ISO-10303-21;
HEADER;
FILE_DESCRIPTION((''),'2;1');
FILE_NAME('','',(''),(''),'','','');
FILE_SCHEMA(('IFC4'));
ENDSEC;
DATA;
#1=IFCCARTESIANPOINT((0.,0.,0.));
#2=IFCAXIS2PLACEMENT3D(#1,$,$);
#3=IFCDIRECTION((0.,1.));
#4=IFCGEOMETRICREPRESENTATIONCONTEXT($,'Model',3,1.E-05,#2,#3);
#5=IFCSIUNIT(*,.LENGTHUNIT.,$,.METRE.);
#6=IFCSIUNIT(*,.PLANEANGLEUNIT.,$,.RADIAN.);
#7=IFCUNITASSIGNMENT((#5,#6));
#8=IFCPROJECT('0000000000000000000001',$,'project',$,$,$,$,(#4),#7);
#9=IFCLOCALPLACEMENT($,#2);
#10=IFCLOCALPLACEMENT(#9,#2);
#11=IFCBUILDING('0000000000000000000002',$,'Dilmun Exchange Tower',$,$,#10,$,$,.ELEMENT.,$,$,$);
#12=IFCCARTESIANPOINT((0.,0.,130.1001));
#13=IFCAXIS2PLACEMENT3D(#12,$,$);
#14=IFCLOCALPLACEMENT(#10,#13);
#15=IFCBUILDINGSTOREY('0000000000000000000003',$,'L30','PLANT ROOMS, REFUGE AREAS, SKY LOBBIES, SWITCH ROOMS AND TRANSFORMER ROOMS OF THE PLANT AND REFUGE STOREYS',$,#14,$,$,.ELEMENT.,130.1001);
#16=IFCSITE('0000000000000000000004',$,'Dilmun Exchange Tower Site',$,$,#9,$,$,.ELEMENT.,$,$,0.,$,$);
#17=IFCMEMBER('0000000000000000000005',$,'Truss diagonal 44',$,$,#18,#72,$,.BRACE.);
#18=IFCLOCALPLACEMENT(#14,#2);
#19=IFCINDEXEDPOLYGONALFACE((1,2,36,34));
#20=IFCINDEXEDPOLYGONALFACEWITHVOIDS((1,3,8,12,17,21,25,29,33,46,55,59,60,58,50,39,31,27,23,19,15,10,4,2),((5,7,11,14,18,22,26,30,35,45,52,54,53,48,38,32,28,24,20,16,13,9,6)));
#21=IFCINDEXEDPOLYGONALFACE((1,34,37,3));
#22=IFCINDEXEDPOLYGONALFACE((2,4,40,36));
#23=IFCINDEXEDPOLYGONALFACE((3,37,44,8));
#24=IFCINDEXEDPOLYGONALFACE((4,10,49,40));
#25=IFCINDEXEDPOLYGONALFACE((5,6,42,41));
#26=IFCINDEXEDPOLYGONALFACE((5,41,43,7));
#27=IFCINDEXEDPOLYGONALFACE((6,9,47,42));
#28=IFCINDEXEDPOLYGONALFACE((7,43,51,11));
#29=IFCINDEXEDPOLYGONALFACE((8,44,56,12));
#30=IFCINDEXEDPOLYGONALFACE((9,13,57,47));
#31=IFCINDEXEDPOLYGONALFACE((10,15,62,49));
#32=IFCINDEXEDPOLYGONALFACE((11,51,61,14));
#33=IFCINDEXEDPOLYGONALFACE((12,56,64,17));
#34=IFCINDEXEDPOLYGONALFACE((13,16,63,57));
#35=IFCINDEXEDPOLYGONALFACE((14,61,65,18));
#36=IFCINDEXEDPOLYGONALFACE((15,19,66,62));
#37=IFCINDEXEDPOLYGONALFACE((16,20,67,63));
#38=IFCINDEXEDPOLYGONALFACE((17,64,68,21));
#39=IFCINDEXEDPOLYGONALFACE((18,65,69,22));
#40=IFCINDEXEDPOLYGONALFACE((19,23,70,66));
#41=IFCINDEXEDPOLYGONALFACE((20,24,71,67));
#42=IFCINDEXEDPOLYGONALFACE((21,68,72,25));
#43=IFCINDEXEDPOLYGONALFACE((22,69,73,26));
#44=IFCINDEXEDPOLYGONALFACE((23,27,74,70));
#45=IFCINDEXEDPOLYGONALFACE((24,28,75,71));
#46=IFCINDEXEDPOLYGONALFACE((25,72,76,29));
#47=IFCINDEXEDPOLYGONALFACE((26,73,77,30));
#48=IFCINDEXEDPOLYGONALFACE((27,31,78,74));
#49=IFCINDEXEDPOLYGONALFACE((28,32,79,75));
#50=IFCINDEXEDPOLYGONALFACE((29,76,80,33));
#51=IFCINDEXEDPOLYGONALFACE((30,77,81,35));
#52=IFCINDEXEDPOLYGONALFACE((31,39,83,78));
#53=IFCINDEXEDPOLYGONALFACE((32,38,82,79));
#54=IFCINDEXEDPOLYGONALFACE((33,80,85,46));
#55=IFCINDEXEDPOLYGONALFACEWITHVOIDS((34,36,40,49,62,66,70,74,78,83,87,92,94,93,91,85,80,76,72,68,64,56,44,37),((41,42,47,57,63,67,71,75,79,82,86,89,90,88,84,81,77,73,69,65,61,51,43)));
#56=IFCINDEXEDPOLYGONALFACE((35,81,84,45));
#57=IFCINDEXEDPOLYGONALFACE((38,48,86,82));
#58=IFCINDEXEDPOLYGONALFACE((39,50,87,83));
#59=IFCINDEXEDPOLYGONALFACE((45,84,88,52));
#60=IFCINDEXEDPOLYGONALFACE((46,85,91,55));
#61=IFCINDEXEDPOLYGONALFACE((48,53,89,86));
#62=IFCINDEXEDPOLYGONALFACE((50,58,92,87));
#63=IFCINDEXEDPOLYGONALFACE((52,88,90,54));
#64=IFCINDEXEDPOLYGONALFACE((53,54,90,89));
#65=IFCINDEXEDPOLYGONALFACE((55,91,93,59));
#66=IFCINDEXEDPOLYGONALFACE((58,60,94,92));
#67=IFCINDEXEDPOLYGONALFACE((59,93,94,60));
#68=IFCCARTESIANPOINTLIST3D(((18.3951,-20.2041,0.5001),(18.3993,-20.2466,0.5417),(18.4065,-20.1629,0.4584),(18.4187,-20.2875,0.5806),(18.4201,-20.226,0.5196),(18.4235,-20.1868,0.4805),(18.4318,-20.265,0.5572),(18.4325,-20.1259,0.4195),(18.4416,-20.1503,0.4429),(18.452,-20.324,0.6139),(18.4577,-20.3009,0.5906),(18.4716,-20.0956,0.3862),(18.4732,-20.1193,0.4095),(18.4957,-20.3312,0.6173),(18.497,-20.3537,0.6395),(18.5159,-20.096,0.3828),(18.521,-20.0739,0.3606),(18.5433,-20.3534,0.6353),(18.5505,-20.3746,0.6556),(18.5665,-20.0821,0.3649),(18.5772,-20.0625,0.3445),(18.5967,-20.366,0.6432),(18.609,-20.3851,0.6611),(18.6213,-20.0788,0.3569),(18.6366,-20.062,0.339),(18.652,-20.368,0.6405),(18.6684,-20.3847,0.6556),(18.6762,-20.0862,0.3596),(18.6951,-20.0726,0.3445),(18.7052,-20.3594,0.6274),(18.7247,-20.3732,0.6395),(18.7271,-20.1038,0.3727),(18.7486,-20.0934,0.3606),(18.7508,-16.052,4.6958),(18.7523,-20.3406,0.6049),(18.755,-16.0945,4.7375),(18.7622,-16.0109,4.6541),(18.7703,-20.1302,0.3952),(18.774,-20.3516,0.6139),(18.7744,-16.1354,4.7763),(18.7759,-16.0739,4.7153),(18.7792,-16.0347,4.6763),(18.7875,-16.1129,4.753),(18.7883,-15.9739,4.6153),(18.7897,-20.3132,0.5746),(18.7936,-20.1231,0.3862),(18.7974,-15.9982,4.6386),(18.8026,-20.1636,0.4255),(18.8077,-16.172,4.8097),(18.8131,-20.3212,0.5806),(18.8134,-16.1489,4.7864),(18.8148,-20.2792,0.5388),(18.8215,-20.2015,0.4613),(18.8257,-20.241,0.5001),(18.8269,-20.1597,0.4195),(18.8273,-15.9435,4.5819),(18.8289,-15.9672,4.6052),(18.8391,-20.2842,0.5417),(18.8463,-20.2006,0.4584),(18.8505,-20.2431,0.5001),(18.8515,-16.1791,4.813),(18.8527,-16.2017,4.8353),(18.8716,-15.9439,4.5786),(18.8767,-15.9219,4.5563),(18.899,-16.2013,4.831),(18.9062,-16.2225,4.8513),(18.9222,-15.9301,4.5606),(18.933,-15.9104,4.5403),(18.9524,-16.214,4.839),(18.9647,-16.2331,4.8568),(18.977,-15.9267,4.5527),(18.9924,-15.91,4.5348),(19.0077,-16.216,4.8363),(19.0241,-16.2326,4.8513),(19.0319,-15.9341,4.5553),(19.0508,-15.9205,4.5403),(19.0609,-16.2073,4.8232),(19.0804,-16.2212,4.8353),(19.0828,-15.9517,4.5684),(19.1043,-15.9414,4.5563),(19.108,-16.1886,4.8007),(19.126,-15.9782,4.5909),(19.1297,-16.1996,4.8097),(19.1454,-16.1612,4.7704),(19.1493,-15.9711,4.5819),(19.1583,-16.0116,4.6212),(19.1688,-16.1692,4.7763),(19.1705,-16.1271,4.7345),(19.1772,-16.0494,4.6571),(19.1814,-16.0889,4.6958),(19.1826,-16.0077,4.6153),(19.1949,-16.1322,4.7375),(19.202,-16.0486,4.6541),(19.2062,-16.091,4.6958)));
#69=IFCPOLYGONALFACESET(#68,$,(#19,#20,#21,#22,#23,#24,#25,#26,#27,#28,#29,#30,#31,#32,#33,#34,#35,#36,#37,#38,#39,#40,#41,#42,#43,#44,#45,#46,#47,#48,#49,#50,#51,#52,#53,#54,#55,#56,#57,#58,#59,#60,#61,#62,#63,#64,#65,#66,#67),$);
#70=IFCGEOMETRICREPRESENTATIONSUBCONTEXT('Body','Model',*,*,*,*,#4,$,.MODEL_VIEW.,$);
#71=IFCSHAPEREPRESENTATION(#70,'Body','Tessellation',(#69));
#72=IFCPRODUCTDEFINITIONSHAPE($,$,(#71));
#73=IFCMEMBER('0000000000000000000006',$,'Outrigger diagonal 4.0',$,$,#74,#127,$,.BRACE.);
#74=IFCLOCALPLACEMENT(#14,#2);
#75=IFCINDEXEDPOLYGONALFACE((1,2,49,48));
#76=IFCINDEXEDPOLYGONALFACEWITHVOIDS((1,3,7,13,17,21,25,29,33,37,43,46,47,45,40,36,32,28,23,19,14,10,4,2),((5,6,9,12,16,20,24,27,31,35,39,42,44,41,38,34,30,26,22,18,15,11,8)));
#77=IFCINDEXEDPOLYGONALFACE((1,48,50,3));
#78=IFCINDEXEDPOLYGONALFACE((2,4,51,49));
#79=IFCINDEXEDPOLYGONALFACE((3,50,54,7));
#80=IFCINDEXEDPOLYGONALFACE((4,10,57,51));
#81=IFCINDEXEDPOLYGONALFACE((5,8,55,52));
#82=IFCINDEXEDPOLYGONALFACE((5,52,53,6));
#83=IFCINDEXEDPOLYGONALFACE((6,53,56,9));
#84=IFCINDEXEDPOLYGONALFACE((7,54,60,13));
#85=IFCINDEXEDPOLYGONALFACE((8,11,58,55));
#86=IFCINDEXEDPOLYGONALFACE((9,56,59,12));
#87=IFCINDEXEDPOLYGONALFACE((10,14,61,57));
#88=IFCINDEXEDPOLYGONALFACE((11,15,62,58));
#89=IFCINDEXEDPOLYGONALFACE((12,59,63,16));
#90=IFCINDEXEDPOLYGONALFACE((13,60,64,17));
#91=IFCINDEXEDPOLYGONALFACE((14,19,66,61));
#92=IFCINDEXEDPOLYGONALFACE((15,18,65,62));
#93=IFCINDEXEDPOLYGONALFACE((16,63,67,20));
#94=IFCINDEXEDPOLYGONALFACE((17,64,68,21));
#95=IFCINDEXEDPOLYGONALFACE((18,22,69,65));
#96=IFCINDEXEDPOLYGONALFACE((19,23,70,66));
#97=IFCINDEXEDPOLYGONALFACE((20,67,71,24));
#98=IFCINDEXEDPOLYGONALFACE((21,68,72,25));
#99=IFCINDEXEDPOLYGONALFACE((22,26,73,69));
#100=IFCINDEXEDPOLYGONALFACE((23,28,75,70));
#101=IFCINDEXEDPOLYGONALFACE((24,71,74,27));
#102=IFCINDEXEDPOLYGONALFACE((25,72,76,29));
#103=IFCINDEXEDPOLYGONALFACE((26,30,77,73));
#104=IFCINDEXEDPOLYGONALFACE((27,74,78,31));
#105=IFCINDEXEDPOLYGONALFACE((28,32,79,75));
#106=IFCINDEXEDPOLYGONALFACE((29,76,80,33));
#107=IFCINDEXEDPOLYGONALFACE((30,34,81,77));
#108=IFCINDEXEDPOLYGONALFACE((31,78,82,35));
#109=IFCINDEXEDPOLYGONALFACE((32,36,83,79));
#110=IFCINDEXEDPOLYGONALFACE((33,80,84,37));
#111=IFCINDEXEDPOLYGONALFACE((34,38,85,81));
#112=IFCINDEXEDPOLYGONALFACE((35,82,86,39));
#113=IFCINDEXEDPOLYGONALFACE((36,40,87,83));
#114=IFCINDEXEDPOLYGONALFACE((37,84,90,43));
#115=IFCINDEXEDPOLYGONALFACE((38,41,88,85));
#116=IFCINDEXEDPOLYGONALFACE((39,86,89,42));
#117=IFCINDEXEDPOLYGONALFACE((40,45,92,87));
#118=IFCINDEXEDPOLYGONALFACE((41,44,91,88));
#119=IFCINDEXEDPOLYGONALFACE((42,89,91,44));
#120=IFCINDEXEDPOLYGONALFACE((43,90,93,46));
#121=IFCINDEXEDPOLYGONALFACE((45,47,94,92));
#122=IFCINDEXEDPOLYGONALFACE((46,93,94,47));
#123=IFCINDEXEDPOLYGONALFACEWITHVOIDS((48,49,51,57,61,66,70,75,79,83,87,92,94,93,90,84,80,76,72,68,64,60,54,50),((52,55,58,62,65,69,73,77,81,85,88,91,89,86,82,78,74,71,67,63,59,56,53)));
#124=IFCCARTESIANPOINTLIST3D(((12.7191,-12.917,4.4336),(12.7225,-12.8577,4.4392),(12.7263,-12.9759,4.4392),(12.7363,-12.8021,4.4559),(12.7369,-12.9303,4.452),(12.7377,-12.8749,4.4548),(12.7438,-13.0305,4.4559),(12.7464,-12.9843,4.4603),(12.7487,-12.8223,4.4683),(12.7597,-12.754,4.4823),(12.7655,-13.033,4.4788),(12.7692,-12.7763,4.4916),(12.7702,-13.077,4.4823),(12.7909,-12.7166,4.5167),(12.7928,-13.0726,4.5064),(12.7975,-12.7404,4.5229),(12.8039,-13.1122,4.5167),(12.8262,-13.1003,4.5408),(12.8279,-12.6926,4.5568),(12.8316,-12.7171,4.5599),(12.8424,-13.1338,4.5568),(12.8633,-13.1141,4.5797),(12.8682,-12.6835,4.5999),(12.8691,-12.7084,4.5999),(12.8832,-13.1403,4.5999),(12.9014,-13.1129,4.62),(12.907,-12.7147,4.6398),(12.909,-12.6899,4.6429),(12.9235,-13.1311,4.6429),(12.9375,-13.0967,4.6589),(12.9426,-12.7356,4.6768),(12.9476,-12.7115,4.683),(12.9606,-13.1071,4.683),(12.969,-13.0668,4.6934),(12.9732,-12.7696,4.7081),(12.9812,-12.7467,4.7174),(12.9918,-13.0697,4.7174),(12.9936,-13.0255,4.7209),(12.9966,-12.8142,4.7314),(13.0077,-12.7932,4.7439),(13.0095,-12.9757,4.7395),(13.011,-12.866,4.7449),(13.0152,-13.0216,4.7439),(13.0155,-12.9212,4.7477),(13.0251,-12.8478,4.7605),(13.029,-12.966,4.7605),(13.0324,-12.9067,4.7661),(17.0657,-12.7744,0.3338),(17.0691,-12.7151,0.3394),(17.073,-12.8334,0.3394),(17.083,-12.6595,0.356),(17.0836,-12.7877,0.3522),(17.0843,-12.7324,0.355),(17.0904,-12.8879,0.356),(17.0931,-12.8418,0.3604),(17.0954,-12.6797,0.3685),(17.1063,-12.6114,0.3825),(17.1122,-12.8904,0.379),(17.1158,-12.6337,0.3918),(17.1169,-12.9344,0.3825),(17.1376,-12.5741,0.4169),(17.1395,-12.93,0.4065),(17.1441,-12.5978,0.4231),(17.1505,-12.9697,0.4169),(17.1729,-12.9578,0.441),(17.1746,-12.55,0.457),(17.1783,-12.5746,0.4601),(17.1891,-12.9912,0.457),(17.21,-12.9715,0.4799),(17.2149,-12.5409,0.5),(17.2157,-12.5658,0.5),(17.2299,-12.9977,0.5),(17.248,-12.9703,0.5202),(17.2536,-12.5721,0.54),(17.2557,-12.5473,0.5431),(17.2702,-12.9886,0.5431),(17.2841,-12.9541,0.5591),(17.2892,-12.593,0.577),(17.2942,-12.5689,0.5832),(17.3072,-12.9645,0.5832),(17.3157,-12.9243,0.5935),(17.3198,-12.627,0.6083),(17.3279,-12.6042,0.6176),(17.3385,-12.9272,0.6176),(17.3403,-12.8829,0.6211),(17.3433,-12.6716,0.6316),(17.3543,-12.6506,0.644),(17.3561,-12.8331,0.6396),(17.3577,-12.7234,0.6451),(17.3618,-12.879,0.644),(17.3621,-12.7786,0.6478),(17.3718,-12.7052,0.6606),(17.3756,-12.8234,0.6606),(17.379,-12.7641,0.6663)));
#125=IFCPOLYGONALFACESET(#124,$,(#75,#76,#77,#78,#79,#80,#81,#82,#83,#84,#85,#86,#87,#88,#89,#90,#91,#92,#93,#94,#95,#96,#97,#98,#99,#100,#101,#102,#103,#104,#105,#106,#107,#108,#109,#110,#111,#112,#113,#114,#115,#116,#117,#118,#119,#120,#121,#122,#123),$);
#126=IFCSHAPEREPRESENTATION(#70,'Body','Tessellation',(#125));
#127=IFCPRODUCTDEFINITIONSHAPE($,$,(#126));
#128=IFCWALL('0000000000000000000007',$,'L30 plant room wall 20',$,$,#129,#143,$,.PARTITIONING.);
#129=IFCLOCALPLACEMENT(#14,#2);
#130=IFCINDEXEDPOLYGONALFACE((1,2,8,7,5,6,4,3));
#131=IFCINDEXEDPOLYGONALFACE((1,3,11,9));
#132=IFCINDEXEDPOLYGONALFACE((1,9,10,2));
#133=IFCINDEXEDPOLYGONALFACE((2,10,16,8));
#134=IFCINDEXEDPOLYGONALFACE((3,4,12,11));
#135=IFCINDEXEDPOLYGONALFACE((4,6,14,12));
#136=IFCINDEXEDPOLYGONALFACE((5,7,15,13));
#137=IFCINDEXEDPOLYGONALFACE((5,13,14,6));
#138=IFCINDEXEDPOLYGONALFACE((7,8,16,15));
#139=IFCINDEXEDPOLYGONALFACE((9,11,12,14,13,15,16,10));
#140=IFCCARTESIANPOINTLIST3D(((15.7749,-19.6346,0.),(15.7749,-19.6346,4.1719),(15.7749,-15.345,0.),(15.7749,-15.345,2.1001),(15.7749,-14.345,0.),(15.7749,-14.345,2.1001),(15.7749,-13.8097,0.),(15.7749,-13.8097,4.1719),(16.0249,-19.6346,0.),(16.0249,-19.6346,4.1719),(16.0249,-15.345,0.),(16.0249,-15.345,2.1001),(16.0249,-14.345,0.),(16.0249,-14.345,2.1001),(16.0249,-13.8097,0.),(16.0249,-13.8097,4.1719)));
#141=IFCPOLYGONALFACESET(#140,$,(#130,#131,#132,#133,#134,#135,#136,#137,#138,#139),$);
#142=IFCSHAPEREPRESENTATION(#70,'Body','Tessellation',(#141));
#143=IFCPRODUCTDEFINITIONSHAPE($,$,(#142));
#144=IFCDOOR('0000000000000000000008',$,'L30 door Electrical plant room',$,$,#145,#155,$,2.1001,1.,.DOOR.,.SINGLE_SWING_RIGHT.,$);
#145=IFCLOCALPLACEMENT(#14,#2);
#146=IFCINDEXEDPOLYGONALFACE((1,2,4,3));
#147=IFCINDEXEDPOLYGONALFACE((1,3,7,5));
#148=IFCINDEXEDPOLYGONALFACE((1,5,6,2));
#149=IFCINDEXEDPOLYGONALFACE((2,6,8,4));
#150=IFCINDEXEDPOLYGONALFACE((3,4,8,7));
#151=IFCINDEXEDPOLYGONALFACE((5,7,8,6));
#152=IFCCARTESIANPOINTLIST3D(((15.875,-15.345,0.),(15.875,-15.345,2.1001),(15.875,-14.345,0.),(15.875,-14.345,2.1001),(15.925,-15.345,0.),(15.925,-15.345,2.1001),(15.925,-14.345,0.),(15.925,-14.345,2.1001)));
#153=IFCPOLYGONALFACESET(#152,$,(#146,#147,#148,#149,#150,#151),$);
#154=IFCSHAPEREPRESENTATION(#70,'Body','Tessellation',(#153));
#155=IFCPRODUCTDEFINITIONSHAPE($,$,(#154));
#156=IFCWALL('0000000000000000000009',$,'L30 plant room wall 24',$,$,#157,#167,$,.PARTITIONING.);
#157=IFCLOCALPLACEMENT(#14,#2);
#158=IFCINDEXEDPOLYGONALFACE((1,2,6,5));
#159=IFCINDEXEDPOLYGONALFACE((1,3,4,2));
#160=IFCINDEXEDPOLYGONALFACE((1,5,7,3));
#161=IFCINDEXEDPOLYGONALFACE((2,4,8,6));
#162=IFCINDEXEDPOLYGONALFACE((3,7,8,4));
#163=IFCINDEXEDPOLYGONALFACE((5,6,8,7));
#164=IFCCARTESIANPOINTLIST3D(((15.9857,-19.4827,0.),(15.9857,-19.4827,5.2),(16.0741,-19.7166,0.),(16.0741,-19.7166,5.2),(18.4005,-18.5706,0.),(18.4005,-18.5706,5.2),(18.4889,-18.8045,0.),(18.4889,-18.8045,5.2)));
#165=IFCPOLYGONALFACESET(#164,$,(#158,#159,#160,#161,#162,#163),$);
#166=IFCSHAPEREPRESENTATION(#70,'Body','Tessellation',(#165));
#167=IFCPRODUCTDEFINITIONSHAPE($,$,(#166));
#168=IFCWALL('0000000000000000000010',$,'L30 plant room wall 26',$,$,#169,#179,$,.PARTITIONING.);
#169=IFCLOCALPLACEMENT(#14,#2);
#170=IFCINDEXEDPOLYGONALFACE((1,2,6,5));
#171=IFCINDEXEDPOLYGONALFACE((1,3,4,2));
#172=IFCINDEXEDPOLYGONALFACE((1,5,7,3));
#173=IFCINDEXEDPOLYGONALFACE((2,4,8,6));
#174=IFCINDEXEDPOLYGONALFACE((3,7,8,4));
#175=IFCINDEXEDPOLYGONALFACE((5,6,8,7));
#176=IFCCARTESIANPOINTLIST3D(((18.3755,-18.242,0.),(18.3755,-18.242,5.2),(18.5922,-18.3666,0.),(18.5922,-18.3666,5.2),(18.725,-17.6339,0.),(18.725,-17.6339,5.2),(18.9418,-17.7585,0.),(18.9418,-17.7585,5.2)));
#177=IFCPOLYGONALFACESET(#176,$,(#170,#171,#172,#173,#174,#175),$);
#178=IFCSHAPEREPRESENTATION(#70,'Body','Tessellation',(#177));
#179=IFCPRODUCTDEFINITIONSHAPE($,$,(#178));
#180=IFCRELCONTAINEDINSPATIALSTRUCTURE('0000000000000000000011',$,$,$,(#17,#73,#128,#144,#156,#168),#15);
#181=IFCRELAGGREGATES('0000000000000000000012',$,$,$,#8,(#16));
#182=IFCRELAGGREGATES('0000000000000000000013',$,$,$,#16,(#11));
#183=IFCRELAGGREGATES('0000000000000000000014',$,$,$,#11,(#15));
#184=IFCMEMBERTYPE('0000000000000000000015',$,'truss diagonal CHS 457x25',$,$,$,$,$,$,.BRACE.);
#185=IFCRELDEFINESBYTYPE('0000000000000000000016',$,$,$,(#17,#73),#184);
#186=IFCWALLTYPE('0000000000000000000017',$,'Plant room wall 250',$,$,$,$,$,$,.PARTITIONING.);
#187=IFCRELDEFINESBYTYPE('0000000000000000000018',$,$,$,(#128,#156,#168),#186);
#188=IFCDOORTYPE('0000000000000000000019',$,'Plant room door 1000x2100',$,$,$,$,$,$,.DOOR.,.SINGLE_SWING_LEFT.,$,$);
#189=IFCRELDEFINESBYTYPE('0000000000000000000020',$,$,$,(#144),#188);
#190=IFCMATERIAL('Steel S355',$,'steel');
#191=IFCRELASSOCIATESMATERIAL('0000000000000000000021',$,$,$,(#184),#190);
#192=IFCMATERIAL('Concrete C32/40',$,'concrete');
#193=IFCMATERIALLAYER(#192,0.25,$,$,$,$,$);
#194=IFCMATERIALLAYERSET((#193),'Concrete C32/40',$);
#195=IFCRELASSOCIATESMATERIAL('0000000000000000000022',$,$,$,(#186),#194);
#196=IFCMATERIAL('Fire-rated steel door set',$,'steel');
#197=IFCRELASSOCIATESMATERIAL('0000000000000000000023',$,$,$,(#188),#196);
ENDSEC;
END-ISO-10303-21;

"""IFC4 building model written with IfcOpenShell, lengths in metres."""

from ifc_helpers import new_model, si_unit, direction, frame, frame_2d, origin, origin_2d, place, context, subcontext, project, spatial, rectangle, hollow_circle, extrude, material, layer, layer_set, material_profile, profile_set, type_object, element, fill, save


model = new_model("IFC4")

# Units and contexts
model_context = context("Model", 3, precision=1e-05, world=origin(), true_north=direction((0.0, 1.0)))
body_context = subcontext(model_context, "Body", "Model", "MODEL_VIEW")
ifc_project = project(units=[si_unit("LENGTHUNIT", "METRE"), si_unit("PLANEANGLEUNIT", "RADIAN")], contexts=[model_context])

# Site, building, storey
site_placement = place(None, origin())
site = spatial("IfcSite", under=ifc_project, at=site_placement, Name="Dilmun Exchange Tower Site", CompositionType="ELEMENT", RefElevation=0.0)
building_placement = place(site_placement, origin())
building = spatial("IfcBuilding", under=site, at=building_placement, Name="Dilmun Exchange Tower", CompositionType="ELEMENT")
storey_placement = place(building_placement, frame((0.0, 0.0, 130.1001)))
storey = spatial("IfcBuildingStorey", under=building, at=storey_placement, Name="L30", Description="PLANT ROOMS, REFUGE AREAS, SKY LOBBIES, SWITCH ROOMS AND TRANSFORMER ROOMS OF THE PLANT AND REFUGE STOREYS", CompositionType="ELEMENT", Elevation=130.1001)

# Shared definitions
ifc_material_1 = material(Name="Steel S355", Category="steel")

# Members
ifc_material_profile_1 = material_profile(ifc_material_1, hollow_circle(Radius=0.2285, WallThickness=0.0249, at=origin_2d()), Name="CHS 457x25")
ifc_profile_set_1 = profile_set([ifc_material_profile_1], Name="Steel S355")
member_type = type_object("IfcMemberType", Name="truss diagonal CHS 457x25", PredefinedType="BRACE", material=ifc_profile_set_1)
member_1_placement = place(storey_placement, frame((18.9785, -16.0715, 4.6958), z_axis=(-0.060151, -0.702122, -0.709512), x_axis=(0.99635, -0.085358, 0.0)))
element("IfcMember", 1, at=member_1_placement, inside=storey, type_object=member_type, Name="Truss diagonal 44", PredefinedType="BRACE", context=body_context, shape_type="SweptSolid", body=[
    extrude(hollow_circle(Radius=0.2285, WallThickness=0.0249, at=origin_2d()), origin(), (0.0, 0.0, 1.0), 5.9136),
])
member_2_placement = place(storey_placement, frame((12.8757, -12.9119, 4.5999), z_axis=(0.727252, 0.023855, -0.685955), x_axis=(-0.032784, 0.999462, 0.0)))
element("IfcMember", 2, at=member_2_placement, inside=storey, type_object=member_type, Name="Outrigger diagonal 4.0", PredefinedType="BRACE", context=body_context, shape_type="SweptSolid", body=[
    extrude(hollow_circle(Radius=0.2285, WallThickness=0.0249, at=origin_2d()), origin(), (0.0, 0.0, 1.0), 5.9768),
])

# Wall, opening, door
ifc_material_2 = material(Name="Concrete C32/40", Category="concrete")
ifc_layer_1 = layer(ifc_material_2, 0.25)
ifc_layer_set_1 = layer_set([ifc_layer_1], Name="Concrete C32/40")
wall_type = type_object("IfcWallType", Name="Plant room wall 250", PredefinedType="PARTITIONING", material=ifc_layer_set_1)
wall_1_placement = place(storey_placement, frame((15.8999, -19.6348, 0.0), z_axis=(0.0, 0.0, 1.0), x_axis=(0.0, 1.0, 0.0)))
wall_1 = element("IfcWall", 3, at=wall_1_placement, inside=storey, type_object=wall_type, Name="L30 plant room wall 20", PredefinedType="PARTITIONING", context=body_context, shape_type="SweptSolid", body=[
    extrude(rectangle(XDim=5.825, YDim=0.25, at=frame_2d((2.9126, 0.0))), origin(), (0.0, 0.0, 1.0), 4.1719),
])
opening_1_placement = place(wall_1_placement, frame((4.2898, 0.0, 0.0)))
opening_1 = element("IfcOpeningElement", 4, at=opening_1_placement, cuts=wall_1, PredefinedType="OPENING", context=body_context, shape_type="SweptSolid", body=[
    extrude(rectangle(XDim=1.0, YDim=2.1001, at=frame_2d((0.5, 1.05))), frame((0.0, 0.135, 0.0), z_axis=(0.0, -1.0, 0.0), x_axis=(1.0, 0.0, 0.0)), (0.0, 0.0, 1.0), 0.27),
])
ifc_material_3 = material(Name="Fire-rated steel door set", Category="steel")
door_type_1 = type_object("IfcDoorType", Name="Plant room door 1000x2100", OperationType="SINGLE_SWING_LEFT", PredefinedType="DOOR", material=ifc_material_3)
door_1_placement = place(opening_1_placement, origin())
door_1 = element("IfcDoor", 5, at=door_1_placement, inside=storey, type_object=door_type_1, Name="L30 door Electrical plant room", OperationType="SINGLE_SWING_RIGHT", OverallHeight=2.1001, OverallWidth=1.0, PredefinedType="DOOR", context=body_context, shape_type="SweptSolid", body=[
    extrude(rectangle(XDim=1.0, YDim=2.1001, at=frame_2d((0.5, 1.05))), frame((0.0, 0.0249, 0.0), z_axis=(0.0, -1.0, 0.0), x_axis=(1.0, 0.0, 0.0)), (0.0, 0.0, 1.0), 0.05),
])
fill(opening_1, door_1)

# Walls
wall_2_placement = place(storey_placement, frame((16.03, -19.5996, 0.0), z_axis=(0.0, 0.0, 1.0), x_axis=(0.935491, 0.353351, 0.0)))
element("IfcWall", 6, at=wall_2_placement, inside=storey, type_object=wall_type, Name="L30 plant room wall 24", PredefinedType="PARTITIONING", context=body_context, shape_type="SweptSolid", body=[
    extrude(rectangle(XDim=2.5813, YDim=0.25, at=frame_2d((1.2905, 0.0))), origin(), (0.0, 0.0, 1.0), 5.2),
])
wall_3_placement = place(storey_placement, frame((18.4839, -18.3042, 0.0), z_axis=(0.0, 0.0, 1.0), x_axis=(0.498386, 0.866955, 0.0)))
element("IfcWall", 7, at=wall_3_placement, inside=storey, type_object=wall_type, Name="L30 plant room wall 26", PredefinedType="PARTITIONING", context=body_context, shape_type="SweptSolid", body=[
    extrude(rectangle(XDim=0.7014, YDim=0.25, at=frame_2d((0.3506, 0.0))), origin(), (0.0, 0.0, 1.0), 5.2),
])

save(model, "model.ifc")
